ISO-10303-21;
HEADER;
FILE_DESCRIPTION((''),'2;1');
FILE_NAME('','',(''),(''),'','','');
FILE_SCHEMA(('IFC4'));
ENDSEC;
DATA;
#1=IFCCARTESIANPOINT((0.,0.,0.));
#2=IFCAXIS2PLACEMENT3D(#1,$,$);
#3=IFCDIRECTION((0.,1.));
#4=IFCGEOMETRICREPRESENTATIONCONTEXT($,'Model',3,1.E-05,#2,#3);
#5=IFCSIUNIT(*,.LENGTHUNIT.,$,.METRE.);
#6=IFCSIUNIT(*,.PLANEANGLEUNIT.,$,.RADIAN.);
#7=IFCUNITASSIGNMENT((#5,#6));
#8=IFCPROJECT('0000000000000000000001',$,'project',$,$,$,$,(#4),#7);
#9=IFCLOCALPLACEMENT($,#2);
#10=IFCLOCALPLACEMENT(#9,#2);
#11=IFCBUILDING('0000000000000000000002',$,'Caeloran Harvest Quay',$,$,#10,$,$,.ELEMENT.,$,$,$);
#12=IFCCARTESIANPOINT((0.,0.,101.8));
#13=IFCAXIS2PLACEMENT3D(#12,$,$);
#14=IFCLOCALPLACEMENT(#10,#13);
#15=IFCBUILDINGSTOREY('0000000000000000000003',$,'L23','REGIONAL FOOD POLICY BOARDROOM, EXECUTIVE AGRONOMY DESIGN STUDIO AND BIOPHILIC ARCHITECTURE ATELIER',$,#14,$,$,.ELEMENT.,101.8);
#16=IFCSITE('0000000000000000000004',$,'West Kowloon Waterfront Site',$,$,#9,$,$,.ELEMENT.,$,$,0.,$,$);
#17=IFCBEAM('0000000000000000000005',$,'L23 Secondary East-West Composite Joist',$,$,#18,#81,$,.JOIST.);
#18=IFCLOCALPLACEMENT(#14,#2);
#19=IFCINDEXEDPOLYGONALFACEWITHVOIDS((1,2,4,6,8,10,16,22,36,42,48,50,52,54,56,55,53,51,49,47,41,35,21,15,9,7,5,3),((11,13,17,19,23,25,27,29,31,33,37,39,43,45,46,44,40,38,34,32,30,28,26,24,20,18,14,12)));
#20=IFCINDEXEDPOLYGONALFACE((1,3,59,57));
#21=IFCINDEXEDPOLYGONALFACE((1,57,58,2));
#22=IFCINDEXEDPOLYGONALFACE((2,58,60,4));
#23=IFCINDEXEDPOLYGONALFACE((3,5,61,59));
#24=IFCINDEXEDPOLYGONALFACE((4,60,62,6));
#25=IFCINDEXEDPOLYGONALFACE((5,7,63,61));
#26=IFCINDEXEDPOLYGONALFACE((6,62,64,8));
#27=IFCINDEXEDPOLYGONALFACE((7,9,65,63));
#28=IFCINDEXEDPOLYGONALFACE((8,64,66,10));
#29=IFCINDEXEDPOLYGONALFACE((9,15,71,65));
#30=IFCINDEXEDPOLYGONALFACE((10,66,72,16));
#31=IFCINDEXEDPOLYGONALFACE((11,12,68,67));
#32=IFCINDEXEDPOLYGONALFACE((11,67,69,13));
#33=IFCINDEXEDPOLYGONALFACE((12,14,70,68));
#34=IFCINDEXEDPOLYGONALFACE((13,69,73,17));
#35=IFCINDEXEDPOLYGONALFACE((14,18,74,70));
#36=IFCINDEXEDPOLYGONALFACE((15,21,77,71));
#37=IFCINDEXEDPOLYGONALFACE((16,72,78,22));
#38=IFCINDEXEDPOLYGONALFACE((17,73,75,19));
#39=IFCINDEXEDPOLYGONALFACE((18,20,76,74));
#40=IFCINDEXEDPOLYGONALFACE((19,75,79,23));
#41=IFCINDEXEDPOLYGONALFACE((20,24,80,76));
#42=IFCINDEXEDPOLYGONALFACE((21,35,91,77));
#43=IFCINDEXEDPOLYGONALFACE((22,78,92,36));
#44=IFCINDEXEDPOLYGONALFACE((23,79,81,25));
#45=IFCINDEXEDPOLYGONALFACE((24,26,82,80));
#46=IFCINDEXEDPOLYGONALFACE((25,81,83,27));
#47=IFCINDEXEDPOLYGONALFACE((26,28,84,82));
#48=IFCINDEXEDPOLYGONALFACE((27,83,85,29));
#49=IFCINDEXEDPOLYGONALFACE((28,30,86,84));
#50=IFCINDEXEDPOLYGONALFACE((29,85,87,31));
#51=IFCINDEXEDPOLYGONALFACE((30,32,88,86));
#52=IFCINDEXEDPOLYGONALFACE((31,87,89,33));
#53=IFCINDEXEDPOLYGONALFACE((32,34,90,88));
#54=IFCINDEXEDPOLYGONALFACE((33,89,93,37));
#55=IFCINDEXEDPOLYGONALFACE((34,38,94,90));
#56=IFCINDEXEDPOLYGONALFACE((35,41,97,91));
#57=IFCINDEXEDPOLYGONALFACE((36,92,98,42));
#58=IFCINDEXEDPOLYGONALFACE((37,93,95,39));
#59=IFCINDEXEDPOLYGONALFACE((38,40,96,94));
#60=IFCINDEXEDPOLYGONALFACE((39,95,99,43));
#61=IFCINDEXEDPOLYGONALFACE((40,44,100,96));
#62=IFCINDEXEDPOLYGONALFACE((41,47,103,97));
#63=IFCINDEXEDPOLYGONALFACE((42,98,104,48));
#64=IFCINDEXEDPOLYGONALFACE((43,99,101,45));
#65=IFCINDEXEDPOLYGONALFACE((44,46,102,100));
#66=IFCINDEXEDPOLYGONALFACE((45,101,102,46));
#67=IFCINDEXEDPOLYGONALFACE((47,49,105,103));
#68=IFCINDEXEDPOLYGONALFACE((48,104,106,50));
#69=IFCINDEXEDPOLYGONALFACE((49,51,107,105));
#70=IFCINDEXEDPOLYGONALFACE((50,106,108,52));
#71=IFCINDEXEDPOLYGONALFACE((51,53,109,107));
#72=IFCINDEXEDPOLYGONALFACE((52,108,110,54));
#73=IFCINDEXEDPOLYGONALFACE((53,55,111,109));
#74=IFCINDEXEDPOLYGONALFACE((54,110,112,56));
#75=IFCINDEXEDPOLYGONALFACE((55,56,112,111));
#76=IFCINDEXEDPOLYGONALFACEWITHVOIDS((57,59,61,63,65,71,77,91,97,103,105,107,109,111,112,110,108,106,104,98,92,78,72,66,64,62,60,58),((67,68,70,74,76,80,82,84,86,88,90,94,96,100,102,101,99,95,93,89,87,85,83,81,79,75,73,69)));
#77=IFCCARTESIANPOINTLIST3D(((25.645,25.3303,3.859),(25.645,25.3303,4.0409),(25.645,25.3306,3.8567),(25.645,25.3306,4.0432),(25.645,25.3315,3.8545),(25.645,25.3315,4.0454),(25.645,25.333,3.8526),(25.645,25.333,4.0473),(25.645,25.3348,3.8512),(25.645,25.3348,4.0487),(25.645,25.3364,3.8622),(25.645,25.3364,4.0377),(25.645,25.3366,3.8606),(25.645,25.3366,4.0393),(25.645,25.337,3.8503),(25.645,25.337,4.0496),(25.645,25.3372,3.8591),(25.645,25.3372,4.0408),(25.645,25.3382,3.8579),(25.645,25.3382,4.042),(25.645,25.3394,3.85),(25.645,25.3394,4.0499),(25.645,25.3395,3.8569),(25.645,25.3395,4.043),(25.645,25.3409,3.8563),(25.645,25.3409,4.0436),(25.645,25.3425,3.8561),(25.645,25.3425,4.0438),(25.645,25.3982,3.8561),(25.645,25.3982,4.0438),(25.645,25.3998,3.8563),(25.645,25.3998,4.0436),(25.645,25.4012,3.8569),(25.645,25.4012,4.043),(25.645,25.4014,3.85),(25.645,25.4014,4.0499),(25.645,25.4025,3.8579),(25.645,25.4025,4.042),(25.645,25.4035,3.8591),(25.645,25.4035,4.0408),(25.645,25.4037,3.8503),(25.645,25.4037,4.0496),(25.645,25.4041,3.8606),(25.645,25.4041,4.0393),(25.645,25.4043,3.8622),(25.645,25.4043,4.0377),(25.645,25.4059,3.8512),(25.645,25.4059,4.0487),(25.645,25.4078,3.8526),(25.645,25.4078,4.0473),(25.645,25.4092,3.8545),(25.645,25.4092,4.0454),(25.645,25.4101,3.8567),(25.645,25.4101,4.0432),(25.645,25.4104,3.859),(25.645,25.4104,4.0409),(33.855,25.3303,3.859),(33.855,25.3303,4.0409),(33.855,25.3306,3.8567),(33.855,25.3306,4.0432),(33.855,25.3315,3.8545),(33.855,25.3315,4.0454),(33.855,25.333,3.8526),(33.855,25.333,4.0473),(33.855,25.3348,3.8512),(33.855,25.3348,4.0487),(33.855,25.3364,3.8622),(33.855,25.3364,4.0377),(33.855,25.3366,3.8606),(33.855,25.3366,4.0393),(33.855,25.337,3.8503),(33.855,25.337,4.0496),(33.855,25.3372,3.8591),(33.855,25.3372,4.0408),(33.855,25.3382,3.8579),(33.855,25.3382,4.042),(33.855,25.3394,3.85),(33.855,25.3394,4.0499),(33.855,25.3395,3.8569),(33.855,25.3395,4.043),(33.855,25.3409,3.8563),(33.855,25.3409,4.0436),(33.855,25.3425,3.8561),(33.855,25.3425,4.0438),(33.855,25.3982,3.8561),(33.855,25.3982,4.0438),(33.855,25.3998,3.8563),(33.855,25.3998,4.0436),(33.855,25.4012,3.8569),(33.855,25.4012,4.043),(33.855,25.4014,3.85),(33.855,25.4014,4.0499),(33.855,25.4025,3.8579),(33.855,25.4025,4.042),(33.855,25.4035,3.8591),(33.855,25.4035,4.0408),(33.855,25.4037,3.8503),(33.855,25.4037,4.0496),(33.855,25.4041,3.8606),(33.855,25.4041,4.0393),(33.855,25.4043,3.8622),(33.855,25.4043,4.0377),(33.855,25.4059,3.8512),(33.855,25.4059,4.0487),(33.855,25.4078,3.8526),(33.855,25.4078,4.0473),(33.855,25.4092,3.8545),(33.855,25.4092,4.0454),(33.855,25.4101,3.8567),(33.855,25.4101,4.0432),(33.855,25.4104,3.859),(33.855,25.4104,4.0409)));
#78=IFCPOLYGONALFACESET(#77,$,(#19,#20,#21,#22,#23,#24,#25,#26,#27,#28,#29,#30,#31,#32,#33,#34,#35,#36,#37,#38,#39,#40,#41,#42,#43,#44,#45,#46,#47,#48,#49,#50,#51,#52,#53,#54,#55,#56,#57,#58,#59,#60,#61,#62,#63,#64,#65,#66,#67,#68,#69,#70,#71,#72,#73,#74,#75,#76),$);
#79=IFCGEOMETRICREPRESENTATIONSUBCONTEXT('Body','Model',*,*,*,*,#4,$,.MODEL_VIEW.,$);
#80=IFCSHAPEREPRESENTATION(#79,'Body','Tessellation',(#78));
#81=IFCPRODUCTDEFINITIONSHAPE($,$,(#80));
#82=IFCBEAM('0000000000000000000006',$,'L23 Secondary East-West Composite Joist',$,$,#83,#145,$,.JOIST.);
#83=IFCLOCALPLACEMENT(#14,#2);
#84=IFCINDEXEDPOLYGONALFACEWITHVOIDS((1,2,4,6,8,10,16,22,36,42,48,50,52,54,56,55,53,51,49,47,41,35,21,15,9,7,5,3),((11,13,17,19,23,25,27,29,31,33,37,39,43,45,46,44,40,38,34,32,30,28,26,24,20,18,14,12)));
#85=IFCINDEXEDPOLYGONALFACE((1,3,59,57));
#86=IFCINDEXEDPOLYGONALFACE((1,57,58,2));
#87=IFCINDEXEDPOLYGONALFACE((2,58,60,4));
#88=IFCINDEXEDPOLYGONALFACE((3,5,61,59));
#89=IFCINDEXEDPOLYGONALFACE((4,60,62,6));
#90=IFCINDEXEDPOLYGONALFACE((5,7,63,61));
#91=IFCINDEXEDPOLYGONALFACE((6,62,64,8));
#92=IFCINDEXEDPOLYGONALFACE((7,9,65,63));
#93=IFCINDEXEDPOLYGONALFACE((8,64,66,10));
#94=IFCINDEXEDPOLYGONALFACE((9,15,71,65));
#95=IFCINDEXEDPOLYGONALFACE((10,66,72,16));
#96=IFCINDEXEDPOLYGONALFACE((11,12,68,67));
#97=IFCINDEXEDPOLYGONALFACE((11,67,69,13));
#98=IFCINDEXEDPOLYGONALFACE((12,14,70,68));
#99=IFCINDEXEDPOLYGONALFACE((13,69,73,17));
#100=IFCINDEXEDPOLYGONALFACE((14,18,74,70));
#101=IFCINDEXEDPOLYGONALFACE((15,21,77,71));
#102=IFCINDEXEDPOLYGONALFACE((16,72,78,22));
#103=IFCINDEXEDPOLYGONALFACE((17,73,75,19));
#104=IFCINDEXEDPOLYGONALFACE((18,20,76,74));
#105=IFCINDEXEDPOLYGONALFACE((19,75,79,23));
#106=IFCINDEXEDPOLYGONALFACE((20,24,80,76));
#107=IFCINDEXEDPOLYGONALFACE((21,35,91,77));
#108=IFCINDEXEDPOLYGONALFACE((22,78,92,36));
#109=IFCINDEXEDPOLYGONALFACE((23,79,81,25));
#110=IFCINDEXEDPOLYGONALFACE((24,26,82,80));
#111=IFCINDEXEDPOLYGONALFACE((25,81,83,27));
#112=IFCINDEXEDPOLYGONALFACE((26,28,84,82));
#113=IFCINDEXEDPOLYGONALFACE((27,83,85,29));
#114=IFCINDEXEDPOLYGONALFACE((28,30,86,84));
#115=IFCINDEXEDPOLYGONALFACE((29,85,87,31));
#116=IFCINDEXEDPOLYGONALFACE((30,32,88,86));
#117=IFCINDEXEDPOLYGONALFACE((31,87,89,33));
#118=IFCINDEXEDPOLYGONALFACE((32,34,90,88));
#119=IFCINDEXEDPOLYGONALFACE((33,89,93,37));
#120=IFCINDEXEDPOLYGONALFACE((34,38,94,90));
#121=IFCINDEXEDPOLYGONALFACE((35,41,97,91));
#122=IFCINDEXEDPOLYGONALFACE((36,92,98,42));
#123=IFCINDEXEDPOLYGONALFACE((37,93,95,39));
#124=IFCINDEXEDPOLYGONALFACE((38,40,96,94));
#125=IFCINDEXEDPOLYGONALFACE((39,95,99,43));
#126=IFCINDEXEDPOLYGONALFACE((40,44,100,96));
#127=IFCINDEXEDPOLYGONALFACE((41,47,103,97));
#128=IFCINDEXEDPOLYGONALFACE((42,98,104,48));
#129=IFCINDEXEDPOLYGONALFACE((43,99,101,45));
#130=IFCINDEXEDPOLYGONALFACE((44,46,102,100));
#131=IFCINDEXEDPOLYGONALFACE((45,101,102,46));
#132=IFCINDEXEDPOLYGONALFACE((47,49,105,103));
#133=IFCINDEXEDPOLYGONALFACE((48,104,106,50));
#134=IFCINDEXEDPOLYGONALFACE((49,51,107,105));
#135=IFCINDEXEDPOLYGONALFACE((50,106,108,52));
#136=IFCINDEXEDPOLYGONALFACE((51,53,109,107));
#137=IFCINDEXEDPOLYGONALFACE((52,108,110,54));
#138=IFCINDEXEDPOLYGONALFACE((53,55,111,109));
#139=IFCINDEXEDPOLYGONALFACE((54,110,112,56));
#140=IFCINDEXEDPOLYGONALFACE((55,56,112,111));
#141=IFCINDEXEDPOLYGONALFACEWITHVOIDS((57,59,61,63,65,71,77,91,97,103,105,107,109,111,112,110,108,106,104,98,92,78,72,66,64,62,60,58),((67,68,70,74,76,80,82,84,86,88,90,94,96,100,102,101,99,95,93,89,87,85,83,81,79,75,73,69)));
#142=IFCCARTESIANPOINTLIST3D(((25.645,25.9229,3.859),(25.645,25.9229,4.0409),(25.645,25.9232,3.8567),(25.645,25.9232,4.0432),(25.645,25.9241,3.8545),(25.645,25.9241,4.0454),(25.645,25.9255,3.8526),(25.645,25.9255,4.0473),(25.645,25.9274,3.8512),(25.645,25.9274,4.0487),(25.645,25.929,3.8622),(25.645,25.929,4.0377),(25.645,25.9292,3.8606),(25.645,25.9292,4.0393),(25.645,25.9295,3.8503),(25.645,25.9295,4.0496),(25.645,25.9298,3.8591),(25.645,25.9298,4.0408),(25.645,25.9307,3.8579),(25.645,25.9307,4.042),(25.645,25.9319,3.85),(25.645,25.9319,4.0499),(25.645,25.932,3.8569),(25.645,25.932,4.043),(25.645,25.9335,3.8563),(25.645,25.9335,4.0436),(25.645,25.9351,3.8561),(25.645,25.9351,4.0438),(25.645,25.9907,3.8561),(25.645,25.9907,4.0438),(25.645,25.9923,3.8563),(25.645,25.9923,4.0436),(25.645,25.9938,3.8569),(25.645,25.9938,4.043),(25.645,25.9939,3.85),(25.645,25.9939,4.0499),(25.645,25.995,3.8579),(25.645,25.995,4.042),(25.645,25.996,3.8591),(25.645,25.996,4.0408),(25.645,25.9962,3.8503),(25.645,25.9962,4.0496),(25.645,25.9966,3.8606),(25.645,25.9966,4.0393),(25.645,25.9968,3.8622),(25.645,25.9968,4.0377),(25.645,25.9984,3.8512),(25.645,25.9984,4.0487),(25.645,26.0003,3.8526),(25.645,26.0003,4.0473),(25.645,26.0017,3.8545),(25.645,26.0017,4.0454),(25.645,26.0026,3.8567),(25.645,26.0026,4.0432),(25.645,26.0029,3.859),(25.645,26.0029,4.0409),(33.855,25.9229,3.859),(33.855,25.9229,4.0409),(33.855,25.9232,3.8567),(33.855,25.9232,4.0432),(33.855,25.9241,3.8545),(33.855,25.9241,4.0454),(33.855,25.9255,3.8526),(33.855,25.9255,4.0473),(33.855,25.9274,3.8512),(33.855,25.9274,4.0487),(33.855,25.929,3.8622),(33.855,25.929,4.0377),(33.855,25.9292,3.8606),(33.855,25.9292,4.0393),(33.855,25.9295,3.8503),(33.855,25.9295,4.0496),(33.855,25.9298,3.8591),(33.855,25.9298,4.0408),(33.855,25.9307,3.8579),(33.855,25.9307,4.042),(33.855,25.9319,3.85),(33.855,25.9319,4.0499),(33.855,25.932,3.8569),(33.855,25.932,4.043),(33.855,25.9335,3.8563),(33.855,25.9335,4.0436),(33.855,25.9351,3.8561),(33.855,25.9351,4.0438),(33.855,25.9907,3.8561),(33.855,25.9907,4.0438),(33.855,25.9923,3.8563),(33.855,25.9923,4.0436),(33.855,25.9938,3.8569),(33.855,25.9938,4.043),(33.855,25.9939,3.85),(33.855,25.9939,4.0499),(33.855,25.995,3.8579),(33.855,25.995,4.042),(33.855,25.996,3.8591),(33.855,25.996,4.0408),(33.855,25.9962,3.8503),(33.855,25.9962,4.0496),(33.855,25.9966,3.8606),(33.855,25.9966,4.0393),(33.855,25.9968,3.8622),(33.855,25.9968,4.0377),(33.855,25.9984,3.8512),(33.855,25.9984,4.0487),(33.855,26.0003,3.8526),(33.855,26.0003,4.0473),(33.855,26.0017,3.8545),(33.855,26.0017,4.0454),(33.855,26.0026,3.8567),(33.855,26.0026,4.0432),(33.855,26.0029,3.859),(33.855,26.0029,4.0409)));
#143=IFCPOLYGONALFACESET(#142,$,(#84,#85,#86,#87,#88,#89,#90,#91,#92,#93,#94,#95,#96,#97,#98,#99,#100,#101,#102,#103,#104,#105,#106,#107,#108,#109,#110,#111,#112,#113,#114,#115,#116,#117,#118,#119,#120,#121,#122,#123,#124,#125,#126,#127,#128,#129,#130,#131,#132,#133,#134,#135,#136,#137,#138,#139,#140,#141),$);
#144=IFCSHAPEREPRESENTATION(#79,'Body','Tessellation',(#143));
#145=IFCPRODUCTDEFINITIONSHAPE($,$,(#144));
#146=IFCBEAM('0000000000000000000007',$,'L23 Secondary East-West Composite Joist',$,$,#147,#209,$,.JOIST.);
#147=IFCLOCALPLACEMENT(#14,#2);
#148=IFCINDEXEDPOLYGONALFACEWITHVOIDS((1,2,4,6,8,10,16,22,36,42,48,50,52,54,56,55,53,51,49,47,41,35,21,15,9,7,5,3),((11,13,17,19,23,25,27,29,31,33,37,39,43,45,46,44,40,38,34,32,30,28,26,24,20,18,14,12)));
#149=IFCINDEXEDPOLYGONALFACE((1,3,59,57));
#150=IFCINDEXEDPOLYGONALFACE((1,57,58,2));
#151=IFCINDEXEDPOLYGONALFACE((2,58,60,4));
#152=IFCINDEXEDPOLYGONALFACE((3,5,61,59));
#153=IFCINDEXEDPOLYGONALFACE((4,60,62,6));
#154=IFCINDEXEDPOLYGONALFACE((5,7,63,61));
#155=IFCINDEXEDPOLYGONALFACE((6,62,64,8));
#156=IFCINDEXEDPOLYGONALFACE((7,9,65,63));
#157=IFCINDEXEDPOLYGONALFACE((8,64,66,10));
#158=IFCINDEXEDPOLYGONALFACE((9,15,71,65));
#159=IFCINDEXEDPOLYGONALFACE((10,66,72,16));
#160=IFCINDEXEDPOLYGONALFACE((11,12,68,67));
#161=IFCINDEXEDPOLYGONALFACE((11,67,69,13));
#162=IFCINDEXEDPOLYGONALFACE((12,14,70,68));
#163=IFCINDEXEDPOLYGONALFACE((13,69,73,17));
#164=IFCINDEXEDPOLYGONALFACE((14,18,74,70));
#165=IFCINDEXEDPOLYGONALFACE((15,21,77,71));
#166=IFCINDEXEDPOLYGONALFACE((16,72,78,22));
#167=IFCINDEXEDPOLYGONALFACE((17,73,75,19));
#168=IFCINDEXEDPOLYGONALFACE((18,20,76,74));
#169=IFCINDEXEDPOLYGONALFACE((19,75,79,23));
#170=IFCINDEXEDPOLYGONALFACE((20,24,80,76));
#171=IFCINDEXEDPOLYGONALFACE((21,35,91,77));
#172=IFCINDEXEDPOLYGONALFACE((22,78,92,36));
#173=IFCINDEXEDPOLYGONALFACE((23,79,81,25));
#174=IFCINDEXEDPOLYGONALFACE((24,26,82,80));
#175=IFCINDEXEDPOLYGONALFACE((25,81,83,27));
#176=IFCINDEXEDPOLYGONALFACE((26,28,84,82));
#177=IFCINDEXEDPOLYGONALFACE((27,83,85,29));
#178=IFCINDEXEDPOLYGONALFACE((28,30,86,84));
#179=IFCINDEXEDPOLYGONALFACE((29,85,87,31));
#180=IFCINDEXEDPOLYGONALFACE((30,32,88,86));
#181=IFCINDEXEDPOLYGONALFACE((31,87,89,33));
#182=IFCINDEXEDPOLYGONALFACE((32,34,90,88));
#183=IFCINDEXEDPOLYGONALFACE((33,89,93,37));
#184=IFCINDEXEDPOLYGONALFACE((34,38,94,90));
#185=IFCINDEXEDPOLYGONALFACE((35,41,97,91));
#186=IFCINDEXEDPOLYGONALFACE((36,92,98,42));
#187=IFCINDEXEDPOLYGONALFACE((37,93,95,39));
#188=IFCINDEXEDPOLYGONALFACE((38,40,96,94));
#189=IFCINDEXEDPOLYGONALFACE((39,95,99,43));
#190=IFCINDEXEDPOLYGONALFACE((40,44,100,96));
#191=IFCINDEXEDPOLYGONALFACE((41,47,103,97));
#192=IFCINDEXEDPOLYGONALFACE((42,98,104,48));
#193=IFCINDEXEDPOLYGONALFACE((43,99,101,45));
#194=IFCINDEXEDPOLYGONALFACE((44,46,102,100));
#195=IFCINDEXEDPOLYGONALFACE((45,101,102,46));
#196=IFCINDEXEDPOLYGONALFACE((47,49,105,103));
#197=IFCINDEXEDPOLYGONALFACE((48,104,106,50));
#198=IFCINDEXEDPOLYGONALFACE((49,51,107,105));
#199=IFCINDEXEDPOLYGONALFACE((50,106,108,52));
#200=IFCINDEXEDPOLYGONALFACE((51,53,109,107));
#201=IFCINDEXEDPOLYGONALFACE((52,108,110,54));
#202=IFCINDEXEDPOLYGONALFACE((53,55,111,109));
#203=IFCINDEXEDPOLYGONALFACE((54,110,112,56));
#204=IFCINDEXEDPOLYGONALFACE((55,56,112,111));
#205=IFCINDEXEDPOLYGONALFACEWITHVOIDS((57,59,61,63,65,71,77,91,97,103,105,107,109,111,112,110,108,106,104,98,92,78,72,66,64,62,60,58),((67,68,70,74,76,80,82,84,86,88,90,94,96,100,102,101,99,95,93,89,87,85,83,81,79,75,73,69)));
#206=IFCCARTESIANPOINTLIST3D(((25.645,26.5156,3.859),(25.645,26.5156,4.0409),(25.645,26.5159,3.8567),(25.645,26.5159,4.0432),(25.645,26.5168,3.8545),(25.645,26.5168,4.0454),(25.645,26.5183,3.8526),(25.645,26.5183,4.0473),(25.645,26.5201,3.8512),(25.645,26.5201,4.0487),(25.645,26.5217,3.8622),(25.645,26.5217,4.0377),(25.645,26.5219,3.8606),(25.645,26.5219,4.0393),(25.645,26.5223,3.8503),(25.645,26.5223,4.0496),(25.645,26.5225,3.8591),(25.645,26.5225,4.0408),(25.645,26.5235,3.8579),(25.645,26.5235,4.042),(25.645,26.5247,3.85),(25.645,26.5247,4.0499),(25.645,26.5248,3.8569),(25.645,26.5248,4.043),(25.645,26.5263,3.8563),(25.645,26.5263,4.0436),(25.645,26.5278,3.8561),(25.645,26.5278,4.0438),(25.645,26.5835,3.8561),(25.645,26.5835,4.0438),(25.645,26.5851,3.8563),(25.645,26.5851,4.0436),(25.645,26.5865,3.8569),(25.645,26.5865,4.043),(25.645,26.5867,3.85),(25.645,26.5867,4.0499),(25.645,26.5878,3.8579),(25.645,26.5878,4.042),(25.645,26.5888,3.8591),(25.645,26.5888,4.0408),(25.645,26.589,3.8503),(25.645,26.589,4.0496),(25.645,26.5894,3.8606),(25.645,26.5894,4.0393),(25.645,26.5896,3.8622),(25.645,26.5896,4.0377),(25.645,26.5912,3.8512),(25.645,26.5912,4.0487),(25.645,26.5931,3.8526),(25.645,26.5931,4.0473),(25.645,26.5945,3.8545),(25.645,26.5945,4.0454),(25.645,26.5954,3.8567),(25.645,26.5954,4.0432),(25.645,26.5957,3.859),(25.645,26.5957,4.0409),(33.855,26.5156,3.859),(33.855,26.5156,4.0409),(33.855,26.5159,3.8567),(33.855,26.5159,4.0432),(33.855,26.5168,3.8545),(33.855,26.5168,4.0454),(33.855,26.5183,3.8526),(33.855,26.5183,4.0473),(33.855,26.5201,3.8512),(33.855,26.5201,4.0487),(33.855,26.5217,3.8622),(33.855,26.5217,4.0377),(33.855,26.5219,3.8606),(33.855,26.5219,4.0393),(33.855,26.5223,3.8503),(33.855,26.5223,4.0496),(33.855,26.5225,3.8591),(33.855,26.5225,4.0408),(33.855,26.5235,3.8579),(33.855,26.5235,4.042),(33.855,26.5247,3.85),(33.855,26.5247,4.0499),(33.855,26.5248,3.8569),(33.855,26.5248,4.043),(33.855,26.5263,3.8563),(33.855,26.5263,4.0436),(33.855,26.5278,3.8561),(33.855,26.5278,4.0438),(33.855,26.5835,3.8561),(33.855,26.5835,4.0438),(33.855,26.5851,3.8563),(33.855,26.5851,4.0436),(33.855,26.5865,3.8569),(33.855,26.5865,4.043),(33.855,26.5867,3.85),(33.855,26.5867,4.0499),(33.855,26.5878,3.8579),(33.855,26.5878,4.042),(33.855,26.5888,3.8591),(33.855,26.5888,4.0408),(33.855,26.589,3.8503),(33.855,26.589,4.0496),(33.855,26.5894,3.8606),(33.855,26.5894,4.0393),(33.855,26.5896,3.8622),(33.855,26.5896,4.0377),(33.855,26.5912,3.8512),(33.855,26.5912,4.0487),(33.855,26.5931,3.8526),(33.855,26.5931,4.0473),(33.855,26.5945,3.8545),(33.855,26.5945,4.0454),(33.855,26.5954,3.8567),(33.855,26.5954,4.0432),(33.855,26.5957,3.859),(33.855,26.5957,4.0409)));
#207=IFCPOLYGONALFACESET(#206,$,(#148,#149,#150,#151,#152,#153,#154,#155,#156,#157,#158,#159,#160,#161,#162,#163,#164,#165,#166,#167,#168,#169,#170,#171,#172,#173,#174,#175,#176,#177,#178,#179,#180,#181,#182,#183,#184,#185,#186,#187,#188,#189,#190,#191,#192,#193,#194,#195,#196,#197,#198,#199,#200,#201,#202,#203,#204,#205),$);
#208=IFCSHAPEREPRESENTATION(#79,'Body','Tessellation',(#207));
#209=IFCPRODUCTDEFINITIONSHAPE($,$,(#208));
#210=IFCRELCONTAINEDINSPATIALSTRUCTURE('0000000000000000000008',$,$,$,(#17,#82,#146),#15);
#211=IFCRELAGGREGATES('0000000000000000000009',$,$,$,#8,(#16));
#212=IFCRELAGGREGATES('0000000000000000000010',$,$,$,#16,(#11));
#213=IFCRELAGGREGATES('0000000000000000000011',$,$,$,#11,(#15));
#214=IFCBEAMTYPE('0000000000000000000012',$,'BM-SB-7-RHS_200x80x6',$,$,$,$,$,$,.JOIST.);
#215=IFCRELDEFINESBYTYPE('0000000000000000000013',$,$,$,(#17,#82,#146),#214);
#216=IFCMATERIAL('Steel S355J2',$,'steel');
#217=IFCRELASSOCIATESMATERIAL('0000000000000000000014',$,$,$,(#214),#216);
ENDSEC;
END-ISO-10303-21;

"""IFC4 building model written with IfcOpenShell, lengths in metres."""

from ifc_helpers import new_model, si_unit, direction, frame, origin, origin_2d, place, context, subcontext, project, spatial, hollow_rectangle, extrude, material, material_profile, profile_set, type_object, element, save


model = new_model("IFC4")

# Units and contexts
model_context = context("Model", 3, precision=1e-05, world=origin(), true_north=direction((0.0, 1.0)))
body_context = subcontext(model_context, "Body", "Model", "MODEL_VIEW")
ifc_project = project(units=[si_unit("LENGTHUNIT", "METRE"), si_unit("PLANEANGLEUNIT", "RADIAN")], contexts=[model_context])

# Site, building, storey
site_placement = place(None, origin())
site = spatial("IfcSite", under=ifc_project, at=site_placement, Name="West Kowloon Waterfront Site", CompositionType="ELEMENT", RefElevation=0.0)
building_placement = place(site_placement, origin())
building = spatial("IfcBuilding", under=site, at=building_placement, Name="Caeloran Harvest Quay", CompositionType="ELEMENT")
storey_placement = place(building_placement, frame((0.0, 0.0, 101.8)))
storey = spatial("IfcBuildingStorey", under=building, at=storey_placement, Name="L23", Description="REGIONAL FOOD POLICY BOARDROOM, EXECUTIVE AGRONOMY DESIGN STUDIO AND BIOPHILIC ARCHITECTURE ATELIER", CompositionType="ELEMENT", Elevation=101.8)

# Beams
ifc_material_1 = material(Name="Steel S355J2", Category="steel")
ifc_material_profile_1 = material_profile(ifc_material_1, hollow_rectangle(XDim=0.0801, YDim=0.2, WallThickness=0.0061, InnerFilletRadius=0.0061, OuterFilletRadius=0.009, at=origin_2d()), Name="RHS 200x80x6")
ifc_profile_set_1 = profile_set([ifc_material_profile_1], Name="Steel S355J2")
beam_type_1 = type_object("IfcBeamType", Name="BM-SB-7-RHS_200x80x6", PredefinedType="JOIST", material=ifc_profile_set_1)
for number, where, z_axis, x_axis, name in (
    (1, (25.645, 25.3704, 3.95), (1.0, 0.0, 0.0), (0.0, 1.0, 0.0), "L23 Secondary East-West Composite Joist"),
    (2, (25.645, 25.9629, 3.95), (1.0, 0.0, 0.0), (0.0, 1.0, 0.0), "L23 Secondary East-West Composite Joist"),
    (3, (25.645, 26.5557, 3.95), (1.0, 0.0, 0.0), (0.0, 1.0, 0.0), "L23 Secondary East-West Composite Joist"),
):
    element("IfcBeam", number, at=place(storey_placement, frame(where, z_axis=z_axis, x_axis=x_axis)), inside=storey, type_object=beam_type_1, Name=name, PredefinedType="JOIST", context=body_context, shape_type="SweptSolid", body=[
        extrude(hollow_rectangle(XDim=0.0801, YDim=0.2, WallThickness=0.0061, InnerFilletRadius=0.0061, OuterFilletRadius=0.009, at=origin_2d()), origin(), (0.0, 0.0, 1.0), 8.21),
    ])

save(model, "model.ifc")
